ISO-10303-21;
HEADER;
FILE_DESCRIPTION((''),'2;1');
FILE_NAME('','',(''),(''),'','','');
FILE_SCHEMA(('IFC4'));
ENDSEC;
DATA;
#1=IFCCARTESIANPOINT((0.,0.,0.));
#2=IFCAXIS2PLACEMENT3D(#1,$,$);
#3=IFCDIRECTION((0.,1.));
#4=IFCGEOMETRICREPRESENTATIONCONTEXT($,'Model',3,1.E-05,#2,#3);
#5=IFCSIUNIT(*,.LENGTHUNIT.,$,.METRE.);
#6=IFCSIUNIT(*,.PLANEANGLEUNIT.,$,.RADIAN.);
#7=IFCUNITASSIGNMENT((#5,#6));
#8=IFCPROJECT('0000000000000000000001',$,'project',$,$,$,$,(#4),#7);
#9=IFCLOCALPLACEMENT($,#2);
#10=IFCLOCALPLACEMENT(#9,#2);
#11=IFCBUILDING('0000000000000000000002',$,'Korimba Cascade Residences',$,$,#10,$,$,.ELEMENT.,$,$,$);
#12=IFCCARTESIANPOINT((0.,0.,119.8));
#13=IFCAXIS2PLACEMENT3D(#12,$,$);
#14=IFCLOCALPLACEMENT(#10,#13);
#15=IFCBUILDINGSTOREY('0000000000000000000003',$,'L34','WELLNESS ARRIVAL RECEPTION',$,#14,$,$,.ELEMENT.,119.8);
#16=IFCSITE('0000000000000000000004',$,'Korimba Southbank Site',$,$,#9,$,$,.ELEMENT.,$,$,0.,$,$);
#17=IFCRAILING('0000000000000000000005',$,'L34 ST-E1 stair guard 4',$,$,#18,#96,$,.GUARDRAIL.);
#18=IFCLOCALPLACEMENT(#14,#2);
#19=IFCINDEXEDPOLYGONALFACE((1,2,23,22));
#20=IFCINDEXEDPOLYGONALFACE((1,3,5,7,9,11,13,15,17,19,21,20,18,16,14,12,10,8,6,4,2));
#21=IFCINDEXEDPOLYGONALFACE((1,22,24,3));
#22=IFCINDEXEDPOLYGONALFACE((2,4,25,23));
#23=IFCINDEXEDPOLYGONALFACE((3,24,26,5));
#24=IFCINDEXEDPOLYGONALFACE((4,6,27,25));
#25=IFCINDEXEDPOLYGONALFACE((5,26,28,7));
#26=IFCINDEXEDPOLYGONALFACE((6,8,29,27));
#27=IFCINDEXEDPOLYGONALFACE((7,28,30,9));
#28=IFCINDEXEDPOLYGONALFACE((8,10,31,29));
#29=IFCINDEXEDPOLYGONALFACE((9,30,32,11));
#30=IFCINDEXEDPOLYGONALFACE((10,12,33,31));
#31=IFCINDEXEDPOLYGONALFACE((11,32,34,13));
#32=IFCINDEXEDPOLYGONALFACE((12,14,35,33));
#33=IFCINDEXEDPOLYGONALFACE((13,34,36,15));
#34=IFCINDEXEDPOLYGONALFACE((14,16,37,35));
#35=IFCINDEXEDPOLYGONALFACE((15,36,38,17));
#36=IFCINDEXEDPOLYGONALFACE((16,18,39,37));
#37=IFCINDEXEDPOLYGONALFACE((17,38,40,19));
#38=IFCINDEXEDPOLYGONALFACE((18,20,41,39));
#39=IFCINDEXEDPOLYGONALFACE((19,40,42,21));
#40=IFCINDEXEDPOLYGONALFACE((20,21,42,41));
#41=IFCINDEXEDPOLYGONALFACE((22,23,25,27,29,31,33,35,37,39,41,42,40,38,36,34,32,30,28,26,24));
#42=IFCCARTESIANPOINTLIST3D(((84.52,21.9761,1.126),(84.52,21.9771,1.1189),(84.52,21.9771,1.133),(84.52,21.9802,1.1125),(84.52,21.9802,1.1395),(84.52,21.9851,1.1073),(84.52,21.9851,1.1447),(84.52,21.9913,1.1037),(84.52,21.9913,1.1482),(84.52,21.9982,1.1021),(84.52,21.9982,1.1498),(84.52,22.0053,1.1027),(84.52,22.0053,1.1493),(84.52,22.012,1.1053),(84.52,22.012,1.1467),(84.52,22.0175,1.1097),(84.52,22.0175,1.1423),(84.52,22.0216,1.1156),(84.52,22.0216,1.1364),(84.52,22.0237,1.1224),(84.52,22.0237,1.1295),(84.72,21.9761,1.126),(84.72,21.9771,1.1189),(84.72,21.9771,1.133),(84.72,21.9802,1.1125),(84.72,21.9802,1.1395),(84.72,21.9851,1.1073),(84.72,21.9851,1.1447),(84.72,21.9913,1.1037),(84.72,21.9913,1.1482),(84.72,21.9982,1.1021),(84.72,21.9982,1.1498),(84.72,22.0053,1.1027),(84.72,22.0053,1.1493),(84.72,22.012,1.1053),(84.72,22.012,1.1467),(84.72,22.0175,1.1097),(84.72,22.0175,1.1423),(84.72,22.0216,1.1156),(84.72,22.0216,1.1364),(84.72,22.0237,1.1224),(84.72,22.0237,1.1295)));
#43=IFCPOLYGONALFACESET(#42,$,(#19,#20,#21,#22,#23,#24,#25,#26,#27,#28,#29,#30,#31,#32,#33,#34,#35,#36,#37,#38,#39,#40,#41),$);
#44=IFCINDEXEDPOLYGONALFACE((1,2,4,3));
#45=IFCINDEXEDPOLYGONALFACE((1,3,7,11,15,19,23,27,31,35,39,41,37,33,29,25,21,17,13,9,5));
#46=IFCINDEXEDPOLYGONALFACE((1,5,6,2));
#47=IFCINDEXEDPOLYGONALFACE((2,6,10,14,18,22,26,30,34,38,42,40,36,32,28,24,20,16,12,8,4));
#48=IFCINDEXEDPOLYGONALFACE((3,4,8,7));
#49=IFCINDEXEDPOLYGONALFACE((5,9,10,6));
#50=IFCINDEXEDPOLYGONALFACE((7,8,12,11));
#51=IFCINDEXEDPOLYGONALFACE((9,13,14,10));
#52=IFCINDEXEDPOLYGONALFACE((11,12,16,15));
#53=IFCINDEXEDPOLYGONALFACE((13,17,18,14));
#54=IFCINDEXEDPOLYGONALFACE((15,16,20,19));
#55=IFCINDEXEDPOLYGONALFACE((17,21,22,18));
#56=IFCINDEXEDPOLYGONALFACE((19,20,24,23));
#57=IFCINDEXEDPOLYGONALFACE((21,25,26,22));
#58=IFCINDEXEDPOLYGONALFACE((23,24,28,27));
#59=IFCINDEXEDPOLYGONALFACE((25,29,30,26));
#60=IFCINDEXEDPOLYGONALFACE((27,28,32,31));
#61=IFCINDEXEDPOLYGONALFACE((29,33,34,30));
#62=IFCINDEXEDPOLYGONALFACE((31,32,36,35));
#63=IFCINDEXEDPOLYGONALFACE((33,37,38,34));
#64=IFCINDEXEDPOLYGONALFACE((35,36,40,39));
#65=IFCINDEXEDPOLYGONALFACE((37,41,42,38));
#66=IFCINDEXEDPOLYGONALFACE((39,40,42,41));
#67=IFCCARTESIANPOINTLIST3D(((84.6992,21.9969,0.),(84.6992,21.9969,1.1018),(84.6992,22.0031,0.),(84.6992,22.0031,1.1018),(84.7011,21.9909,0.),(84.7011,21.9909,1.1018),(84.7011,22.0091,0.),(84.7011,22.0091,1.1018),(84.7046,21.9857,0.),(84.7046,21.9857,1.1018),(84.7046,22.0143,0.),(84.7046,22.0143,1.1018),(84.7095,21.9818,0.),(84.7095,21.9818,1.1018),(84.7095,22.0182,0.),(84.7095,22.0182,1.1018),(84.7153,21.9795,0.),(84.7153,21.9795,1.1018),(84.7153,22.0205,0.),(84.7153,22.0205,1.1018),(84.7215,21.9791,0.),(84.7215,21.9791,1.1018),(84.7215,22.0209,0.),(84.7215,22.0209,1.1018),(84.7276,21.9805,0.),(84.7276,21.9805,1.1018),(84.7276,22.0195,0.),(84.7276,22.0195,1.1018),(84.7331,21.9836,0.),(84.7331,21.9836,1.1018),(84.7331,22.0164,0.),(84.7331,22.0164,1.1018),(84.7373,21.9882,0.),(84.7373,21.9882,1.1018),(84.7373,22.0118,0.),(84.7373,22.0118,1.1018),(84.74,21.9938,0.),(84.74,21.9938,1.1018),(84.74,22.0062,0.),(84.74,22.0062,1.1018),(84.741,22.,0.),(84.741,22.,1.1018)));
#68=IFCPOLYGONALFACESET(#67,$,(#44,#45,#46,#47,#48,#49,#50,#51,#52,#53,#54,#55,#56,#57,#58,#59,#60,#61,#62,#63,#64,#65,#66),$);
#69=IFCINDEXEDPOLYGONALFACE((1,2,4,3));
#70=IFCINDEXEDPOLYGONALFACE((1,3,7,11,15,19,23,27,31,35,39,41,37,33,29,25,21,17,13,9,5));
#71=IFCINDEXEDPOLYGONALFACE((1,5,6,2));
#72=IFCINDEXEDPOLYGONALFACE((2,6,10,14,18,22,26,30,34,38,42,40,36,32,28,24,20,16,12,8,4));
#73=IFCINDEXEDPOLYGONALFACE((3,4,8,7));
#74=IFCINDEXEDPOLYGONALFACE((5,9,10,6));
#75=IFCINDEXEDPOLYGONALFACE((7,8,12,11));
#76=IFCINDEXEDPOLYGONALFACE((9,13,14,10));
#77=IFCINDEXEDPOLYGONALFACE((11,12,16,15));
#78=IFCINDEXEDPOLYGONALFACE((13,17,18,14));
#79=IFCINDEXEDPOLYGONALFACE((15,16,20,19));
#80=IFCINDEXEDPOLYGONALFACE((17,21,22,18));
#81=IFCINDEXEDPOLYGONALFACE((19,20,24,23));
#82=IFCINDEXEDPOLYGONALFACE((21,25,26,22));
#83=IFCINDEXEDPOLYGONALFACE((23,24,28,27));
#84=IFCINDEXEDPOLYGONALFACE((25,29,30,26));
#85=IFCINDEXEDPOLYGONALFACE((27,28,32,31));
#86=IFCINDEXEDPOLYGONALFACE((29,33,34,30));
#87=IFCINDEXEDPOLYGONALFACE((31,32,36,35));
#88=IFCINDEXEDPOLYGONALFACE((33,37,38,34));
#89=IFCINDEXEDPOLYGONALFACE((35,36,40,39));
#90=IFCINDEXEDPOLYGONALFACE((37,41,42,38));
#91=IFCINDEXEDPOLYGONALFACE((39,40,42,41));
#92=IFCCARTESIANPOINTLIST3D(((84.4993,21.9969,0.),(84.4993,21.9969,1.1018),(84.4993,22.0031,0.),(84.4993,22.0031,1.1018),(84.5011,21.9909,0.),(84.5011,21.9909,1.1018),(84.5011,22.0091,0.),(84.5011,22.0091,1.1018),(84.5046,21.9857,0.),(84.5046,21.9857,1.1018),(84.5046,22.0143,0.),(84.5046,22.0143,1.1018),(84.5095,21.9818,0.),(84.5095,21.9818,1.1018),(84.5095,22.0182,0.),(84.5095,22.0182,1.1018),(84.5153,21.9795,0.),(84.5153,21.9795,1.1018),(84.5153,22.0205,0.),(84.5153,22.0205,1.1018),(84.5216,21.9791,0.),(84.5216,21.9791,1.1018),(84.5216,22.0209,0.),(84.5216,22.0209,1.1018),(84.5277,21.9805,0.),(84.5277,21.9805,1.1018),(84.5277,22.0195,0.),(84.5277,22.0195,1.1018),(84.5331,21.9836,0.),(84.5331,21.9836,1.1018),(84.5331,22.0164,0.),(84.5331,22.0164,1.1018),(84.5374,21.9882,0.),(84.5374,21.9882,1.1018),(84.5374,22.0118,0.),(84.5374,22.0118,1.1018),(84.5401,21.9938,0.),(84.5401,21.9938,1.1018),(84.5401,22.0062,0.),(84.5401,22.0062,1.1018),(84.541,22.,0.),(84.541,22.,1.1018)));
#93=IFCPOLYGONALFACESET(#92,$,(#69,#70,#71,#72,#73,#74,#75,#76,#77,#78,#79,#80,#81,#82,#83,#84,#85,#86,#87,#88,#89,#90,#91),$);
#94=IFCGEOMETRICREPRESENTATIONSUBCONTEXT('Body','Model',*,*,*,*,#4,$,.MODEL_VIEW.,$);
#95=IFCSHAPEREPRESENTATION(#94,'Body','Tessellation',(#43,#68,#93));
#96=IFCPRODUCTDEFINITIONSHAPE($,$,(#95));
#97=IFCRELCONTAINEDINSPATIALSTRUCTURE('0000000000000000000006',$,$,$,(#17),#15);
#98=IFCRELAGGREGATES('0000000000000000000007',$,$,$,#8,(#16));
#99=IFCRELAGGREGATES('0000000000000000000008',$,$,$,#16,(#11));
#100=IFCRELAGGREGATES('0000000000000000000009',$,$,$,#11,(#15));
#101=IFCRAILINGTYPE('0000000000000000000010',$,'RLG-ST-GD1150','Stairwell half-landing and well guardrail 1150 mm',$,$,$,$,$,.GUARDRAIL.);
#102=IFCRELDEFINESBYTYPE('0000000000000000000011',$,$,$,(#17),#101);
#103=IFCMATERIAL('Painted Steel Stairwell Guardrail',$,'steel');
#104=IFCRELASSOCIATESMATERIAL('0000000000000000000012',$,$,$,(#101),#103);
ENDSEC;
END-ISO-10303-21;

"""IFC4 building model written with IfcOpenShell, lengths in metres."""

from ifc_helpers import new_model, si_unit, direction, frame, origin, origin_2d, place, context, subcontext, project, spatial, circle, extrude, material, type_object, element, save


model = new_model("IFC4")

# Units and contexts
model_context = context("Model", 3, precision=1e-05, world=origin(), true_north=direction((0.0, 1.0)))
body_context = subcontext(model_context, "Body", "Model", "MODEL_VIEW")
ifc_project = project(units=[si_unit("LENGTHUNIT", "METRE"), si_unit("PLANEANGLEUNIT", "RADIAN")], contexts=[model_context])

# Site, building, storey
site_placement = place(None, origin())
site = spatial("IfcSite", under=ifc_project, at=site_placement, Name="Korimba Southbank Site", CompositionType="ELEMENT", RefElevation=0.0)
building_placement = place(site_placement, origin())
building = spatial("IfcBuilding", under=site, at=building_placement, Name="Korimba Cascade Residences", CompositionType="ELEMENT")
storey_placement = place(building_placement, frame((0.0, 0.0, 119.8)))
storey = spatial("IfcBuildingStorey", under=building, at=storey_placement, Name="L34", Description="WELLNESS ARRIVAL RECEPTION", CompositionType="ELEMENT", Elevation=119.8)

# Railing
ifc_material_1 = material(Name="Painted Steel Stairwell Guardrail", Category="steel")
railing_type_1 = type_object("IfcRailingType", Name="RLG-ST-GD1150", Description="Stairwell half-landing and well guardrail 1150 mm", PredefinedType="GUARDRAIL", material=ifc_material_1)
railing_1_placement = place(storey_placement, frame((84.72, 22.0, 0.0)))
element("IfcRailing", 1, at=railing_1_placement, inside=storey, type_object=railing_type_1, Name="L34 ST-E1 stair guard 4", PredefinedType="GUARDRAIL", context=body_context, shape_type="SweptSolid", body=[
    extrude(circle(Radius=0.0239, at=origin_2d()), frame((0.0, 0.0, 1.126), z_axis=(-1.0, 0.0, 0.0), x_axis=(0.0, -1.0, 0.0)), (0.0, 0.0, 1.0), 0.2),
    extrude(circle(Radius=0.021, at=origin_2d()), origin(), (0.0, 0.0, 1.0), 1.1018),
    extrude(circle(Radius=0.021, at=origin_2d()), frame((-0.2, 0.0, 0.0)), (0.0, 0.0, 1.0), 1.1018),
])

save(model, "model.ifc")
